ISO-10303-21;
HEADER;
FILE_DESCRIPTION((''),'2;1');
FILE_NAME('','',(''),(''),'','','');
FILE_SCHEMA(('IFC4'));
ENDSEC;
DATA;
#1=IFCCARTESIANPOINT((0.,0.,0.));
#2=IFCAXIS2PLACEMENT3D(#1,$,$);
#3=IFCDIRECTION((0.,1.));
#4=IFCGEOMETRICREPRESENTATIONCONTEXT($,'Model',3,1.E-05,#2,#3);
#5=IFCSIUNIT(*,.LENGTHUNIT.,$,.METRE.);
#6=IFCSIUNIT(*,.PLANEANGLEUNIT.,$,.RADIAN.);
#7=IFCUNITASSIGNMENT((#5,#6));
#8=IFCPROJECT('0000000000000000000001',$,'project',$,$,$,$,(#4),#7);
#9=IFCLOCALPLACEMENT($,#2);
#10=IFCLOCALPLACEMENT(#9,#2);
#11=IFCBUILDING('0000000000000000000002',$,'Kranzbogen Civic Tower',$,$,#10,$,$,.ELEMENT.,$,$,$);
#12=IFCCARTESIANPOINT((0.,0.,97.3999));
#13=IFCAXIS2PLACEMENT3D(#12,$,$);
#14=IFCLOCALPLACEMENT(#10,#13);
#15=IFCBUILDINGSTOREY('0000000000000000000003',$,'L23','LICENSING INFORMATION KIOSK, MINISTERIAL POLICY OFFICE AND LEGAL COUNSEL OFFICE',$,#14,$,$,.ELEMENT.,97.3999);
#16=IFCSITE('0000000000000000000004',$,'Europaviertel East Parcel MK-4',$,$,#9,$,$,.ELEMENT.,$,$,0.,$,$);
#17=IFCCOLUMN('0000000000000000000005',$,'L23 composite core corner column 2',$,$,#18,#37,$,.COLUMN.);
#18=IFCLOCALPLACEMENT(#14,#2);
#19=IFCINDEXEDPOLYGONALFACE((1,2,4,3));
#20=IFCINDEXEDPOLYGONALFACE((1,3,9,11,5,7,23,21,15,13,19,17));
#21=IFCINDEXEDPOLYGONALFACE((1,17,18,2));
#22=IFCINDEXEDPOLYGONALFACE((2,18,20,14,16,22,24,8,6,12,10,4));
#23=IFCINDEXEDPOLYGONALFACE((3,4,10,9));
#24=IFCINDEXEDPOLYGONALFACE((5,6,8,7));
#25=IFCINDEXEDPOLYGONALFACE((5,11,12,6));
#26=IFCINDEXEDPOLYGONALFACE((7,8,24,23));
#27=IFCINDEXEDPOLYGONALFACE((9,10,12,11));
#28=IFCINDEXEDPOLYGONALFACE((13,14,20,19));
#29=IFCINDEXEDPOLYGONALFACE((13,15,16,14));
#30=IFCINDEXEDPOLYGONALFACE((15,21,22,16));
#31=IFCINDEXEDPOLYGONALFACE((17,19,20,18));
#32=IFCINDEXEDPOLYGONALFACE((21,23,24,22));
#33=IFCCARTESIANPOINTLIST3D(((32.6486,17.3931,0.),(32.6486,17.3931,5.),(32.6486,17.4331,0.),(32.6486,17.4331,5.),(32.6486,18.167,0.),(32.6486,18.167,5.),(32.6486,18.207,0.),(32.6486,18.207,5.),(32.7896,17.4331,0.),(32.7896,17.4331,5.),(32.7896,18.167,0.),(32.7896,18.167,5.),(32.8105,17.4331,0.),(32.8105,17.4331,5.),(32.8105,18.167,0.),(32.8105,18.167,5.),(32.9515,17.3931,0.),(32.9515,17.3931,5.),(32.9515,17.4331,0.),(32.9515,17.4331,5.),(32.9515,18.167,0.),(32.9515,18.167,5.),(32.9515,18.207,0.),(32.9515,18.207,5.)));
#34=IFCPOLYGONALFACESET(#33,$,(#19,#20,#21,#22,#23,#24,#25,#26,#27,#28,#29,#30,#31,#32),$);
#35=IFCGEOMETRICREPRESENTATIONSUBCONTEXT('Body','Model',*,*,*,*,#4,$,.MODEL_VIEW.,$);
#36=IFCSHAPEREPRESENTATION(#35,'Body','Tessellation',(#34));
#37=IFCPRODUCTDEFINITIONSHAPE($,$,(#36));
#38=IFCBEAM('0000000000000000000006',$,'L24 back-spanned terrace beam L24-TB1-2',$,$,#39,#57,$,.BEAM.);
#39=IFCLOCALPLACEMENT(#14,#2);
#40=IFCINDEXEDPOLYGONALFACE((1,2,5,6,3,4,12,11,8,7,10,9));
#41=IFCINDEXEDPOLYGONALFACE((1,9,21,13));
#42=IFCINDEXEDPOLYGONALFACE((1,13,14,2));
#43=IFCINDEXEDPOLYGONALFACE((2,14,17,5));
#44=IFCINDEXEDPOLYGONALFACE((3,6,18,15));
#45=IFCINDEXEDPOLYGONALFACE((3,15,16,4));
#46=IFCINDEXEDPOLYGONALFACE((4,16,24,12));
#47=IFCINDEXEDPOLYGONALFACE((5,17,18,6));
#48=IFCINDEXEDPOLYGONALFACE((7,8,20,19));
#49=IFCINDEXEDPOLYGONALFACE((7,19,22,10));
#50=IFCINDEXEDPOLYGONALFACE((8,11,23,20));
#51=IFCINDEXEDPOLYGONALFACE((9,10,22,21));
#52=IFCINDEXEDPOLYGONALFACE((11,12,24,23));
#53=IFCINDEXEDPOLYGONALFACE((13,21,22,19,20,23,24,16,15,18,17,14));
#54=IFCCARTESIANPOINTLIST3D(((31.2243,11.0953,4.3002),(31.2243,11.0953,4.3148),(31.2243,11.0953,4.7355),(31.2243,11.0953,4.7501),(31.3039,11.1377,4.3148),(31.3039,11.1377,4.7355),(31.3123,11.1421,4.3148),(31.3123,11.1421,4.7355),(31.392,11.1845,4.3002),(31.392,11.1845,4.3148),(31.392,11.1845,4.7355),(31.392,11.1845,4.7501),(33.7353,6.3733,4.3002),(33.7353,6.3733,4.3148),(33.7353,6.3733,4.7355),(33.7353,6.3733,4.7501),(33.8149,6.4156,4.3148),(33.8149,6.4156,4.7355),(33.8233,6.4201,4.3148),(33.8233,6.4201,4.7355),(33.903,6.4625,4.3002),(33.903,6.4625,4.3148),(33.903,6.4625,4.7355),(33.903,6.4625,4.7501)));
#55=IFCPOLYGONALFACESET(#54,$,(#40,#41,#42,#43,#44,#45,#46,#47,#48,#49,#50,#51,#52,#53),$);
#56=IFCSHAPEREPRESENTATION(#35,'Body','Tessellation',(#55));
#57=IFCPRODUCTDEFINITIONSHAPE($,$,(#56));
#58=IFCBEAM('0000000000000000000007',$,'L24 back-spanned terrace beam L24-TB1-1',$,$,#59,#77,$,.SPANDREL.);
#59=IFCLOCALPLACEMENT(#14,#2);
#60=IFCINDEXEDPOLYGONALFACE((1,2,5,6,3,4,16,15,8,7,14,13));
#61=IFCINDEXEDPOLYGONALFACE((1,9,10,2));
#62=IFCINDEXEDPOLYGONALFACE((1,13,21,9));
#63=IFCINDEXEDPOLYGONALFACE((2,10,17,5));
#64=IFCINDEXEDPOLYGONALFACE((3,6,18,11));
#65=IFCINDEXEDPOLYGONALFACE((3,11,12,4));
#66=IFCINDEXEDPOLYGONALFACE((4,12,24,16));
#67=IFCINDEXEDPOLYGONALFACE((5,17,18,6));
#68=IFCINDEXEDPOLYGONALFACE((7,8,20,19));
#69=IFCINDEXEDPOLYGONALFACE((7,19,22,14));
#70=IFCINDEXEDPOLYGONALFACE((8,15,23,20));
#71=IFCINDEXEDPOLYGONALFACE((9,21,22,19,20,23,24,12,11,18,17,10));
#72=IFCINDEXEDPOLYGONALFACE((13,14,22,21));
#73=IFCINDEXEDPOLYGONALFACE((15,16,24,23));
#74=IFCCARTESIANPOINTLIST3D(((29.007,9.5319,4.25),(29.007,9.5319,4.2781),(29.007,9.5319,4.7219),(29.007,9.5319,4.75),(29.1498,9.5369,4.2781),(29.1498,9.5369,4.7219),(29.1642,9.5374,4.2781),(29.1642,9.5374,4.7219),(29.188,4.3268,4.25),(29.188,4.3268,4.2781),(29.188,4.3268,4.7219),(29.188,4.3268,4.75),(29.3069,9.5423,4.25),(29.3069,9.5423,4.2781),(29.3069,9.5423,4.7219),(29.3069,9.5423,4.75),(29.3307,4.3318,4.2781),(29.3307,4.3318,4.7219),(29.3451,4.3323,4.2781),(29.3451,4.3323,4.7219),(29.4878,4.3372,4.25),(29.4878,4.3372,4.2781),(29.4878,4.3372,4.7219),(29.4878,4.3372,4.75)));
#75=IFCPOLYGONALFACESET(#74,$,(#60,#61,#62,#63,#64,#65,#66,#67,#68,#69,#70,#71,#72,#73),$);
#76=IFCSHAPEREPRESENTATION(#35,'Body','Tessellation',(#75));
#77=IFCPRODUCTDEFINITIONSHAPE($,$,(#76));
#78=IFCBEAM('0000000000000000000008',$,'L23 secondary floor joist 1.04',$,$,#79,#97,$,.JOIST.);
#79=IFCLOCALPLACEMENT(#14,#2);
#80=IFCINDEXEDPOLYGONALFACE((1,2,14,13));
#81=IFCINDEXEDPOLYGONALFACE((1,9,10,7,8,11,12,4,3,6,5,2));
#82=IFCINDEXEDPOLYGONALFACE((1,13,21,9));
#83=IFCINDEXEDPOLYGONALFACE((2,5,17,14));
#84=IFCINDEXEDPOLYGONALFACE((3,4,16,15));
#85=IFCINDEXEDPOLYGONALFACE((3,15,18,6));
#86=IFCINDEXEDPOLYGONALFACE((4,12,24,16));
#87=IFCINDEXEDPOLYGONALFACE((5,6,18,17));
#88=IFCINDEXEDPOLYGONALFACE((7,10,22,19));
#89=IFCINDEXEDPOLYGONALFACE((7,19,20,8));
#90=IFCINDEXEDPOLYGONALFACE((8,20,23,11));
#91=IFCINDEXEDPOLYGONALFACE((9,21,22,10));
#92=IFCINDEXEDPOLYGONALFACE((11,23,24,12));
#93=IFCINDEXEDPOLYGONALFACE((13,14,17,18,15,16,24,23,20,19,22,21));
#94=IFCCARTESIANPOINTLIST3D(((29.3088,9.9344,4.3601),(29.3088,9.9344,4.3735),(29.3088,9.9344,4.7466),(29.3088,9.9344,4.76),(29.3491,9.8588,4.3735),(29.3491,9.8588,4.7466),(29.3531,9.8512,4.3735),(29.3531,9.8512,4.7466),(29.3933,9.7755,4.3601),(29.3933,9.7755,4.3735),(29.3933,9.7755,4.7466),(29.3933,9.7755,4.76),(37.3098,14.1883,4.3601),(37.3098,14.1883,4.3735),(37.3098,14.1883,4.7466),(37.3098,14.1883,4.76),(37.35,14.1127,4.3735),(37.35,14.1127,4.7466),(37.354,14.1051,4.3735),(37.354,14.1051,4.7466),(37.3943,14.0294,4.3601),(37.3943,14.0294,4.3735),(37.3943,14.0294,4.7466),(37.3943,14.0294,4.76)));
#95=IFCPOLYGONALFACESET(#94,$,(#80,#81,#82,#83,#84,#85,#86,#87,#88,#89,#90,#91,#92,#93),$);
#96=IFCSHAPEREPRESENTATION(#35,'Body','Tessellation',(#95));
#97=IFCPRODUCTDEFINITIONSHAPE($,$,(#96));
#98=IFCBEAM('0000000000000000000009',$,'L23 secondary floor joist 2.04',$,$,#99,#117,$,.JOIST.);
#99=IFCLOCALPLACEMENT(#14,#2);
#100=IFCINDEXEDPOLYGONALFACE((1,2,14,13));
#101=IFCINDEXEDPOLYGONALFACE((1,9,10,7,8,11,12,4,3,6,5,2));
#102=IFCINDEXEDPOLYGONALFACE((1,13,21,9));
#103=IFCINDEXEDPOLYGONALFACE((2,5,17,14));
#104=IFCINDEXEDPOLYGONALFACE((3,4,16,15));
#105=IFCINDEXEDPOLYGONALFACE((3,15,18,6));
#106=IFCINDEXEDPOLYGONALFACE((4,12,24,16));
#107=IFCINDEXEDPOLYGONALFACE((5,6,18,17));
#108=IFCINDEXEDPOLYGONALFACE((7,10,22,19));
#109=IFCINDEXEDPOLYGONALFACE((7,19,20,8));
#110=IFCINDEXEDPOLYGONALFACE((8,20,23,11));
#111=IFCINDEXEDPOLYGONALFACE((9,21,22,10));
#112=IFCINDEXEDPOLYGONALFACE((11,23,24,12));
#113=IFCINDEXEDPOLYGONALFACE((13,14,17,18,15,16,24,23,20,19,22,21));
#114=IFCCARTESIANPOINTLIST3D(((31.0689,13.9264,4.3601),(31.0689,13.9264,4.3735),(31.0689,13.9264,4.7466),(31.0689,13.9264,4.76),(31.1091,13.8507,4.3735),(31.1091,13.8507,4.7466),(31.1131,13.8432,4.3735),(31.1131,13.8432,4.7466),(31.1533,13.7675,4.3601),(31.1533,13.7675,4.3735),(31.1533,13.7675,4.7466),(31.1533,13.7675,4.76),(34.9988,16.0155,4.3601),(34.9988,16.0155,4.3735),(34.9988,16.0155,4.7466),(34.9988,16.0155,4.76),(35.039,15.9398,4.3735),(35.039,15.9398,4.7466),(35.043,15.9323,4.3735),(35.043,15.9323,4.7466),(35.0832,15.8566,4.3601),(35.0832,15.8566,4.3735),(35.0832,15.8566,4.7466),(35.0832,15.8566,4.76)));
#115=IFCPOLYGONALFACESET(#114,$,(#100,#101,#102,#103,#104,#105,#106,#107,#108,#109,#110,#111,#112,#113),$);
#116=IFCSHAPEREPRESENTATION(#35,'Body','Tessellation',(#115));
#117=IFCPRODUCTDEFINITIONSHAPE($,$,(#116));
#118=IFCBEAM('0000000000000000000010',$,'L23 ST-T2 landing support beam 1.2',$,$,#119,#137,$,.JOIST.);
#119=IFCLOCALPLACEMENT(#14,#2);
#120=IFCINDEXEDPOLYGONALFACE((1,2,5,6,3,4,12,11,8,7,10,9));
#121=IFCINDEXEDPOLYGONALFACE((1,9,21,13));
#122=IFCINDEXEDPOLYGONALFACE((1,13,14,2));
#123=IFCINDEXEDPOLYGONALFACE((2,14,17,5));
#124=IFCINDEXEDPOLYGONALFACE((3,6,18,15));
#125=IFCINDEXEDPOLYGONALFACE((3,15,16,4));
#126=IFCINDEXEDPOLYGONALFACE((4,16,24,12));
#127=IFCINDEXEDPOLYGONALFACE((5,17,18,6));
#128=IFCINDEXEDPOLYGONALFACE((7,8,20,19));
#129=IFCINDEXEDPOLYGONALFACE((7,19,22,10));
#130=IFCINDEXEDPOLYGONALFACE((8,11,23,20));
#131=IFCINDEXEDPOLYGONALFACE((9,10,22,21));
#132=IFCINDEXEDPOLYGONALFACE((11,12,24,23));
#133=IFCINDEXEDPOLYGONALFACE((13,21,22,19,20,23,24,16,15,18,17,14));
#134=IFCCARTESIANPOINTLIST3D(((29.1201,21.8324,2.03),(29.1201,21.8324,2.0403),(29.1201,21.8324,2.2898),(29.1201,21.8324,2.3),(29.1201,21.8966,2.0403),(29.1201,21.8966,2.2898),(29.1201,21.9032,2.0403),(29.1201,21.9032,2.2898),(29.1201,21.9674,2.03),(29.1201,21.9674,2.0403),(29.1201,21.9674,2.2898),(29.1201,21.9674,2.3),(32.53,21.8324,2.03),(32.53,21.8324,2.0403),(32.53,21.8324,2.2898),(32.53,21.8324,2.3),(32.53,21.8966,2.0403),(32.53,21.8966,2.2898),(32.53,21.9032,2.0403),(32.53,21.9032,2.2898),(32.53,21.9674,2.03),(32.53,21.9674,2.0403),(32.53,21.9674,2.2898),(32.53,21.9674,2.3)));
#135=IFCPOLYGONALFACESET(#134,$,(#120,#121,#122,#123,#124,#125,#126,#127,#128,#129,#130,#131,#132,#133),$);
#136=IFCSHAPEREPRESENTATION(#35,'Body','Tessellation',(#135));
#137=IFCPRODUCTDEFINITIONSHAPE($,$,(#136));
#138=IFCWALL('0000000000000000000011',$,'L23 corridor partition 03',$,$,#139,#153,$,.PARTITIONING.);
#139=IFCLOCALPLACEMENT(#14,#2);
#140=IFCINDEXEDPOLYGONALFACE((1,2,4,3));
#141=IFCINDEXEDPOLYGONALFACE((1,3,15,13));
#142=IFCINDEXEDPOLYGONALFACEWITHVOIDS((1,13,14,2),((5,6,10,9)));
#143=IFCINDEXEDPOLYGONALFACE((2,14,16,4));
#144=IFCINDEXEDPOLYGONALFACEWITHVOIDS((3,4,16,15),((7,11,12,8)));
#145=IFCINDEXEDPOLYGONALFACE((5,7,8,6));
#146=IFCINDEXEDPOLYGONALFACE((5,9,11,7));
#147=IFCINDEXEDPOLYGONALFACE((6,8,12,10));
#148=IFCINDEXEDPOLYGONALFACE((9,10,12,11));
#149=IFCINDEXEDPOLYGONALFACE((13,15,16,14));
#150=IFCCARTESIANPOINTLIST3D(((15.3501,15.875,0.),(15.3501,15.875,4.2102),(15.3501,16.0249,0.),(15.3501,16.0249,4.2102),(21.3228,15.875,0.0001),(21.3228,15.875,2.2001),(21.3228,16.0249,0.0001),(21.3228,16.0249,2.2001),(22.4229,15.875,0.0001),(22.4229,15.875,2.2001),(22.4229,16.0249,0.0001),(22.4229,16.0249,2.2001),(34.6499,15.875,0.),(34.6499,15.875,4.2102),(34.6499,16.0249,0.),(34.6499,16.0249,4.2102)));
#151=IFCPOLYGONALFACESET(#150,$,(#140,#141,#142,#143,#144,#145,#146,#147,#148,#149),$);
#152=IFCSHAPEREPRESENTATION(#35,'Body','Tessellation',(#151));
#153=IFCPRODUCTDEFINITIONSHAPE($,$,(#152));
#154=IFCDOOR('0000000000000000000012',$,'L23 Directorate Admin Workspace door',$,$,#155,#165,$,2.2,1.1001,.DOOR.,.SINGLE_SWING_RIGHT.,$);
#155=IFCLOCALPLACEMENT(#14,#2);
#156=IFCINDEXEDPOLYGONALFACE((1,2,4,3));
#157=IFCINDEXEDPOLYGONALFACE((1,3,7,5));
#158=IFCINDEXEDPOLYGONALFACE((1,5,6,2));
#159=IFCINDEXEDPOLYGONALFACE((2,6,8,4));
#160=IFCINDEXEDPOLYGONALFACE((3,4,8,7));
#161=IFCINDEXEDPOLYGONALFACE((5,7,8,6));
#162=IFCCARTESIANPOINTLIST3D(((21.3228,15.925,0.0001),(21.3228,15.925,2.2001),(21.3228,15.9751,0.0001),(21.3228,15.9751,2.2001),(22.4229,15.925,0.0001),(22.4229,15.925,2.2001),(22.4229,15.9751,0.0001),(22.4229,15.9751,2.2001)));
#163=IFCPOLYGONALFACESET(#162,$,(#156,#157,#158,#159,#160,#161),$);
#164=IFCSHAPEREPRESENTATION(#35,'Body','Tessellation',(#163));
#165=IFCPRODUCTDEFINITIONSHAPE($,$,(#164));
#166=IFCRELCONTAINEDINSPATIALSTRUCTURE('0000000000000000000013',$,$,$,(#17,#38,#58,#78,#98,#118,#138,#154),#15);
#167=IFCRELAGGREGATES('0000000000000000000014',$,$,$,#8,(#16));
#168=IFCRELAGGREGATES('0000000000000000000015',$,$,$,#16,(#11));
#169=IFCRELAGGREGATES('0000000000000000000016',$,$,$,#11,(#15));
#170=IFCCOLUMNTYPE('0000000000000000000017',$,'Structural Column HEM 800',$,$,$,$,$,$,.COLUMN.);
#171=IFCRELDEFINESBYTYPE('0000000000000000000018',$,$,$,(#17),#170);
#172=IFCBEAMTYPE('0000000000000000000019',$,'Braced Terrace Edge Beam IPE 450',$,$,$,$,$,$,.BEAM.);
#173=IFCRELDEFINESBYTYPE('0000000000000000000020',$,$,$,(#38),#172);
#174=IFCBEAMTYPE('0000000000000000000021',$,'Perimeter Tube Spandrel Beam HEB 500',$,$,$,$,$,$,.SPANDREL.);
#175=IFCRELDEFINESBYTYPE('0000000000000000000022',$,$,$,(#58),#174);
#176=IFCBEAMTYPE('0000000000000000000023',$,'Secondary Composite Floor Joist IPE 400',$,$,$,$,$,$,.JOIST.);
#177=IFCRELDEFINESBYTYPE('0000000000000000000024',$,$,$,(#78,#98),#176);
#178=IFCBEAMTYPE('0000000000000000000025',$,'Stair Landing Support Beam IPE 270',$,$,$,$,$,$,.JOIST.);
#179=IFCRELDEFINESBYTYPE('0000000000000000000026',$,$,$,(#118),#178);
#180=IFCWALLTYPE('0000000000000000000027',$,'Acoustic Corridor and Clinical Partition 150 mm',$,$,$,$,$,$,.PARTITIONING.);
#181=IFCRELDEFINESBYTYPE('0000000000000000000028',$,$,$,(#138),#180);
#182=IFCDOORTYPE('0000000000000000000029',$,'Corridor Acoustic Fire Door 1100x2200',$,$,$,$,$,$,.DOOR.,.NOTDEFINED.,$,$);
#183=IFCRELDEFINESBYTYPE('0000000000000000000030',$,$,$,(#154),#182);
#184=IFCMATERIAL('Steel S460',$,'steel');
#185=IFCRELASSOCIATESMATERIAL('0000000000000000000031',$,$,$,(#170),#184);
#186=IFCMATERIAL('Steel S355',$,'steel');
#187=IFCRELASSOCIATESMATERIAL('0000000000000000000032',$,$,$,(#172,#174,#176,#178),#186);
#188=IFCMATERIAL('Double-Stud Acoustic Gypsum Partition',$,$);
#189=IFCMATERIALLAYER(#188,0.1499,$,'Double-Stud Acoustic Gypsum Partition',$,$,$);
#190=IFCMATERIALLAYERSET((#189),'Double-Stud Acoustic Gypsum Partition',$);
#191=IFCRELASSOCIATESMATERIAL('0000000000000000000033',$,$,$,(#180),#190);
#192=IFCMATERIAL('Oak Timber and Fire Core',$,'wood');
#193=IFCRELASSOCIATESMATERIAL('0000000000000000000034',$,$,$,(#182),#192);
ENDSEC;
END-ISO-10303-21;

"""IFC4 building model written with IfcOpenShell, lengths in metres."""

from ifc_helpers import new_model, si_unit, direction, frame, frame_2d, origin, origin_2d, place, context, subcontext, project, spatial, rectangle, i_section, extrude, material, layer, layer_set, material_profile, profile_set, type_object, element, fill, save


model = new_model("IFC4")

# Units and contexts
model_context = context("Model", 3, precision=1e-05, world=origin(), true_north=direction((0.0, 1.0)))
body_context = subcontext(model_context, "Body", "Model", "MODEL_VIEW")
ifc_project = project(units=[si_unit("LENGTHUNIT", "METRE"), si_unit("PLANEANGLEUNIT", "RADIAN")], contexts=[model_context])

# Site, building, storey
site_placement = place(None, origin())
site = spatial("IfcSite", under=ifc_project, at=site_placement, Name="Europaviertel East Parcel MK-4", CompositionType="ELEMENT", RefElevation=0.0)
building_placement = place(site_placement, origin())
building = spatial("IfcBuilding", under=site, at=building_placement, Name="Kranzbogen Civic Tower", CompositionType="ELEMENT")
storey_placement = place(building_placement, frame((0.0, 0.0, 97.3999)))
storey = spatial("IfcBuildingStorey", under=building, at=storey_placement, Name="L23", Description="LICENSING INFORMATION KIOSK, MINISTERIAL POLICY OFFICE AND LEGAL COUNSEL OFFICE", CompositionType="ELEMENT", Elevation=97.3999)

# Column
ifc_material_1 = material(Name="Steel S460", Category="steel")
ifc_material_profile_1 = material_profile(ifc_material_1, i_section(OverallWidth=0.303, OverallDepth=0.814, WebThickness=0.021, FlangeThickness=0.04, at=origin_2d()), Name="HEM 800")
ifc_profile_set_1 = profile_set([ifc_material_profile_1], Name="Steel S460")
column_type = type_object("IfcColumnType", Name="Structural Column HEM 800", PredefinedType="COLUMN", material=ifc_profile_set_1)
column_placement = place(storey_placement, frame((32.8, 17.8, 0.0), z_axis=(0.0, 0.0, 1.0), x_axis=(1.0, 0.0, 0.0)))
element("IfcColumn", 1, at=column_placement, inside=storey, type_object=column_type, Name="L23 composite core corner column 2", PredefinedType="COLUMN", context=body_context, shape_type="SweptSolid", body=[
    extrude(i_section(OverallWidth=0.303, OverallDepth=0.814, WebThickness=0.021, FlangeThickness=0.04, at=origin_2d()), origin(), (0.0, 0.0, 1.0), 5.0),
])

# Beams
ifc_material_2 = material(Name="Steel S355", Category="steel")
ifc_material_profile_2 = material_profile(ifc_material_2, i_section(OverallWidth=0.1899, OverallDepth=0.45, WebThickness=0.0095, FlangeThickness=0.0146, at=origin_2d()), Name="IPE 450")
ifc_profile_set_2 = profile_set([ifc_material_profile_2], Name="Steel S355")
beam_type_1 = type_object("IfcBeamType", Name="Braced Terrace Edge Beam IPE 450", PredefinedType="BEAM", material=ifc_profile_set_2)
beam_1_placement = place(storey_placement, frame((31.3081, 11.1399, 4.5251), z_axis=(0.469515, -0.882925, 0.0), x_axis=(0.882925, 0.469515, 0.0)))
element("IfcBeam", 2, at=beam_1_placement, inside=storey, type_object=beam_type_1, Name="L24 back-spanned terrace beam L24-TB1-2", PredefinedType="BEAM", context=body_context, shape_type="SweptSolid", body=[
    extrude(i_section(OverallWidth=0.1899, OverallDepth=0.45, WebThickness=0.0095, FlangeThickness=0.0146, at=origin_2d()), origin(), (0.0, 0.0, 1.0), 5.3481),
])
ifc_material_profile_3 = material_profile(ifc_material_2, i_section(OverallWidth=0.3, OverallDepth=0.5, WebThickness=0.0144, FlangeThickness=0.0281, at=origin_2d()), Name="HEB 500")
ifc_profile_set_3 = profile_set([ifc_material_profile_3], Name="Steel S355")
beam_type_2 = type_object("IfcBeamType", Name="Perimeter Tube Spandrel Beam HEB 500", PredefinedType="SPANDREL", material=ifc_profile_set_3)
beam_2_placement = place(storey_placement, frame((29.157, 9.5371, 4.5), z_axis=(0.034735, -0.999397, 0.0), x_axis=(0.999397, 0.034735, 0.0)))
element("IfcBeam", 3, at=beam_2_placement, inside=storey, type_object=beam_type_2, Name="L24 back-spanned terrace beam L24-TB1-1", PredefinedType="SPANDREL", context=body_context, shape_type="SweptSolid", body=[
    extrude(i_section(OverallWidth=0.3, OverallDepth=0.5, WebThickness=0.0144, FlangeThickness=0.0281, at=origin_2d()), origin(), (0.0, 0.0, 1.0), 5.2083),
])
ifc_material_profile_4 = material_profile(ifc_material_2, i_section(OverallWidth=0.1799, OverallDepth=0.3999, WebThickness=0.0085, FlangeThickness=0.0134, at=origin_2d()), Name="IPE 400")
ifc_profile_set_4 = profile_set([ifc_material_profile_4], Name="Steel S355")
beam_type_3 = type_object("IfcBeamType", Name="Secondary Composite Floor Joist IPE 400", PredefinedType="JOIST", material=ifc_profile_set_4)
beam_3_placement = place(storey_placement, frame((29.3511, 9.855, 4.5601), z_axis=(0.882961, 0.469447, 0.0), x_axis=(-0.469447, 0.882961, 0.0)))
element("IfcBeam", 4, at=beam_3_placement, inside=storey, type_object=beam_type_3, Name="L23 secondary floor joist 1.04", PredefinedType="JOIST", context=body_context, shape_type="SweptSolid", body=[
    extrude(i_section(OverallWidth=0.1799, OverallDepth=0.3999, WebThickness=0.0085, FlangeThickness=0.0134, at=origin_2d()), origin(), (0.0, 0.0, 1.0), 9.0615),
])
beam_4_placement = place(storey_placement, frame((31.1111, 13.8469, 4.5601), z_axis=(0.882991, 0.469389, 0.0), x_axis=(-0.469389, 0.882991, 0.0)))
element("IfcBeam", 5, at=beam_4_placement, inside=storey, type_object=beam_type_3, Name="L23 secondary floor joist 2.04", PredefinedType="JOIST", context=body_context, shape_type="SweptSolid", body=[
    extrude(i_section(OverallWidth=0.1799, OverallDepth=0.3999, WebThickness=0.0085, FlangeThickness=0.0134, at=origin_2d()), origin(), (0.0, 0.0, 1.0), 4.4507),
])
ifc_material_profile_5 = material_profile(ifc_material_2, i_section(OverallWidth=0.135, OverallDepth=0.27, WebThickness=0.0066, FlangeThickness=0.0103, at=origin_2d()), Name="IPE 270")
ifc_profile_set_5 = profile_set([ifc_material_profile_5], Name="Steel S355")
beam_type_4 = type_object("IfcBeamType", Name="Stair Landing Support Beam IPE 270", PredefinedType="JOIST", material=ifc_profile_set_5)
beam_5_placement = place(storey_placement, frame((29.1201, 21.8999, 2.165), z_axis=(1.0, 0.0, 0.0), x_axis=(0.0, 1.0, 0.0)))
element("IfcBeam", 6, at=beam_5_placement, inside=storey, type_object=beam_type_4, Name="L23 ST-T2 landing support beam 1.2", PredefinedType="JOIST", context=body_context, shape_type="SweptSolid", body=[
    extrude(i_section(OverallWidth=0.135, OverallDepth=0.27, WebThickness=0.0066, FlangeThickness=0.0103, at=origin_2d()), origin(), (0.0, 0.0, 1.0), 3.4099),
])

# Wall, opening, door
ifc_material_3 = material(Name="Double-Stud Acoustic Gypsum Partition")
ifc_layer_1 = layer(ifc_material_3, 0.1499, Name="Double-Stud Acoustic Gypsum Partition")
ifc_layer_set_1 = layer_set([ifc_layer_1], Name="Double-Stud Acoustic Gypsum Partition")
wall_type_1 = type_object("IfcWallType", Name="Acoustic Corridor and Clinical Partition 150 mm", PredefinedType="PARTITIONING", material=ifc_layer_set_1)
wall_1_placement = place(storey_placement, frame((34.6499, 15.95, 0.0), z_axis=(0.0, 0.0, 1.0), x_axis=(-1.0, 0.0, 0.0)))
wall_1 = element("IfcWall", 7, at=wall_1_placement, inside=storey, type_object=wall_type_1, Name="L23 corridor partition 03", PredefinedType="PARTITIONING", context=body_context, shape_type="SweptSolid", body=[
    extrude(rectangle(XDim=19.2998, YDim=0.1499, at=frame_2d((9.6499, 0.0))), origin(), (0.0, 0.0, 1.0), 4.2102),
])
opening_1_placement = place(wall_1_placement, frame((12.2271, 0.0, 0.0)))
opening_1 = element("IfcOpeningElement", 8, at=opening_1_placement, cuts=wall_1, PredefinedType="OPENING", context=body_context, shape_type="SweptSolid", body=[
    extrude(rectangle(XDim=1.1001, YDim=2.2, at=frame_2d((0.55, 1.1001))), frame((0.0, 0.085, 0.0), z_axis=(0.0, -1.0, 0.0), x_axis=(1.0, 0.0, 0.0)), (0.0, 0.0, 1.0), 0.1699),
])
ifc_material_4 = material(Name="Oak Timber and Fire Core", Category="wood")
door_type_1 = type_object("IfcDoorType", Name="Corridor Acoustic Fire Door 1100x2200", OperationType="NOTDEFINED", PredefinedType="DOOR", material=ifc_material_4)
door_1_placement = place(opening_1_placement, origin())
door_1 = element("IfcDoor", 9, at=door_1_placement, inside=storey, type_object=door_type_1, Name="L23 Directorate Admin Workspace door", OperationType="SINGLE_SWING_RIGHT", OverallHeight=2.2, OverallWidth=1.1001, PredefinedType="DOOR", context=body_context, shape_type="SweptSolid", body=[
    extrude(rectangle(XDim=1.1001, YDim=2.2, at=frame_2d((0.55, 1.1001))), frame((0.0, 0.0249, 0.0), z_axis=(0.0, -1.0, 0.0), x_axis=(1.0, 0.0, 0.0)), (0.0, 0.0, 1.0), 0.05),
])
fill(opening_1, door_1)

save(model, "model.ifc")
